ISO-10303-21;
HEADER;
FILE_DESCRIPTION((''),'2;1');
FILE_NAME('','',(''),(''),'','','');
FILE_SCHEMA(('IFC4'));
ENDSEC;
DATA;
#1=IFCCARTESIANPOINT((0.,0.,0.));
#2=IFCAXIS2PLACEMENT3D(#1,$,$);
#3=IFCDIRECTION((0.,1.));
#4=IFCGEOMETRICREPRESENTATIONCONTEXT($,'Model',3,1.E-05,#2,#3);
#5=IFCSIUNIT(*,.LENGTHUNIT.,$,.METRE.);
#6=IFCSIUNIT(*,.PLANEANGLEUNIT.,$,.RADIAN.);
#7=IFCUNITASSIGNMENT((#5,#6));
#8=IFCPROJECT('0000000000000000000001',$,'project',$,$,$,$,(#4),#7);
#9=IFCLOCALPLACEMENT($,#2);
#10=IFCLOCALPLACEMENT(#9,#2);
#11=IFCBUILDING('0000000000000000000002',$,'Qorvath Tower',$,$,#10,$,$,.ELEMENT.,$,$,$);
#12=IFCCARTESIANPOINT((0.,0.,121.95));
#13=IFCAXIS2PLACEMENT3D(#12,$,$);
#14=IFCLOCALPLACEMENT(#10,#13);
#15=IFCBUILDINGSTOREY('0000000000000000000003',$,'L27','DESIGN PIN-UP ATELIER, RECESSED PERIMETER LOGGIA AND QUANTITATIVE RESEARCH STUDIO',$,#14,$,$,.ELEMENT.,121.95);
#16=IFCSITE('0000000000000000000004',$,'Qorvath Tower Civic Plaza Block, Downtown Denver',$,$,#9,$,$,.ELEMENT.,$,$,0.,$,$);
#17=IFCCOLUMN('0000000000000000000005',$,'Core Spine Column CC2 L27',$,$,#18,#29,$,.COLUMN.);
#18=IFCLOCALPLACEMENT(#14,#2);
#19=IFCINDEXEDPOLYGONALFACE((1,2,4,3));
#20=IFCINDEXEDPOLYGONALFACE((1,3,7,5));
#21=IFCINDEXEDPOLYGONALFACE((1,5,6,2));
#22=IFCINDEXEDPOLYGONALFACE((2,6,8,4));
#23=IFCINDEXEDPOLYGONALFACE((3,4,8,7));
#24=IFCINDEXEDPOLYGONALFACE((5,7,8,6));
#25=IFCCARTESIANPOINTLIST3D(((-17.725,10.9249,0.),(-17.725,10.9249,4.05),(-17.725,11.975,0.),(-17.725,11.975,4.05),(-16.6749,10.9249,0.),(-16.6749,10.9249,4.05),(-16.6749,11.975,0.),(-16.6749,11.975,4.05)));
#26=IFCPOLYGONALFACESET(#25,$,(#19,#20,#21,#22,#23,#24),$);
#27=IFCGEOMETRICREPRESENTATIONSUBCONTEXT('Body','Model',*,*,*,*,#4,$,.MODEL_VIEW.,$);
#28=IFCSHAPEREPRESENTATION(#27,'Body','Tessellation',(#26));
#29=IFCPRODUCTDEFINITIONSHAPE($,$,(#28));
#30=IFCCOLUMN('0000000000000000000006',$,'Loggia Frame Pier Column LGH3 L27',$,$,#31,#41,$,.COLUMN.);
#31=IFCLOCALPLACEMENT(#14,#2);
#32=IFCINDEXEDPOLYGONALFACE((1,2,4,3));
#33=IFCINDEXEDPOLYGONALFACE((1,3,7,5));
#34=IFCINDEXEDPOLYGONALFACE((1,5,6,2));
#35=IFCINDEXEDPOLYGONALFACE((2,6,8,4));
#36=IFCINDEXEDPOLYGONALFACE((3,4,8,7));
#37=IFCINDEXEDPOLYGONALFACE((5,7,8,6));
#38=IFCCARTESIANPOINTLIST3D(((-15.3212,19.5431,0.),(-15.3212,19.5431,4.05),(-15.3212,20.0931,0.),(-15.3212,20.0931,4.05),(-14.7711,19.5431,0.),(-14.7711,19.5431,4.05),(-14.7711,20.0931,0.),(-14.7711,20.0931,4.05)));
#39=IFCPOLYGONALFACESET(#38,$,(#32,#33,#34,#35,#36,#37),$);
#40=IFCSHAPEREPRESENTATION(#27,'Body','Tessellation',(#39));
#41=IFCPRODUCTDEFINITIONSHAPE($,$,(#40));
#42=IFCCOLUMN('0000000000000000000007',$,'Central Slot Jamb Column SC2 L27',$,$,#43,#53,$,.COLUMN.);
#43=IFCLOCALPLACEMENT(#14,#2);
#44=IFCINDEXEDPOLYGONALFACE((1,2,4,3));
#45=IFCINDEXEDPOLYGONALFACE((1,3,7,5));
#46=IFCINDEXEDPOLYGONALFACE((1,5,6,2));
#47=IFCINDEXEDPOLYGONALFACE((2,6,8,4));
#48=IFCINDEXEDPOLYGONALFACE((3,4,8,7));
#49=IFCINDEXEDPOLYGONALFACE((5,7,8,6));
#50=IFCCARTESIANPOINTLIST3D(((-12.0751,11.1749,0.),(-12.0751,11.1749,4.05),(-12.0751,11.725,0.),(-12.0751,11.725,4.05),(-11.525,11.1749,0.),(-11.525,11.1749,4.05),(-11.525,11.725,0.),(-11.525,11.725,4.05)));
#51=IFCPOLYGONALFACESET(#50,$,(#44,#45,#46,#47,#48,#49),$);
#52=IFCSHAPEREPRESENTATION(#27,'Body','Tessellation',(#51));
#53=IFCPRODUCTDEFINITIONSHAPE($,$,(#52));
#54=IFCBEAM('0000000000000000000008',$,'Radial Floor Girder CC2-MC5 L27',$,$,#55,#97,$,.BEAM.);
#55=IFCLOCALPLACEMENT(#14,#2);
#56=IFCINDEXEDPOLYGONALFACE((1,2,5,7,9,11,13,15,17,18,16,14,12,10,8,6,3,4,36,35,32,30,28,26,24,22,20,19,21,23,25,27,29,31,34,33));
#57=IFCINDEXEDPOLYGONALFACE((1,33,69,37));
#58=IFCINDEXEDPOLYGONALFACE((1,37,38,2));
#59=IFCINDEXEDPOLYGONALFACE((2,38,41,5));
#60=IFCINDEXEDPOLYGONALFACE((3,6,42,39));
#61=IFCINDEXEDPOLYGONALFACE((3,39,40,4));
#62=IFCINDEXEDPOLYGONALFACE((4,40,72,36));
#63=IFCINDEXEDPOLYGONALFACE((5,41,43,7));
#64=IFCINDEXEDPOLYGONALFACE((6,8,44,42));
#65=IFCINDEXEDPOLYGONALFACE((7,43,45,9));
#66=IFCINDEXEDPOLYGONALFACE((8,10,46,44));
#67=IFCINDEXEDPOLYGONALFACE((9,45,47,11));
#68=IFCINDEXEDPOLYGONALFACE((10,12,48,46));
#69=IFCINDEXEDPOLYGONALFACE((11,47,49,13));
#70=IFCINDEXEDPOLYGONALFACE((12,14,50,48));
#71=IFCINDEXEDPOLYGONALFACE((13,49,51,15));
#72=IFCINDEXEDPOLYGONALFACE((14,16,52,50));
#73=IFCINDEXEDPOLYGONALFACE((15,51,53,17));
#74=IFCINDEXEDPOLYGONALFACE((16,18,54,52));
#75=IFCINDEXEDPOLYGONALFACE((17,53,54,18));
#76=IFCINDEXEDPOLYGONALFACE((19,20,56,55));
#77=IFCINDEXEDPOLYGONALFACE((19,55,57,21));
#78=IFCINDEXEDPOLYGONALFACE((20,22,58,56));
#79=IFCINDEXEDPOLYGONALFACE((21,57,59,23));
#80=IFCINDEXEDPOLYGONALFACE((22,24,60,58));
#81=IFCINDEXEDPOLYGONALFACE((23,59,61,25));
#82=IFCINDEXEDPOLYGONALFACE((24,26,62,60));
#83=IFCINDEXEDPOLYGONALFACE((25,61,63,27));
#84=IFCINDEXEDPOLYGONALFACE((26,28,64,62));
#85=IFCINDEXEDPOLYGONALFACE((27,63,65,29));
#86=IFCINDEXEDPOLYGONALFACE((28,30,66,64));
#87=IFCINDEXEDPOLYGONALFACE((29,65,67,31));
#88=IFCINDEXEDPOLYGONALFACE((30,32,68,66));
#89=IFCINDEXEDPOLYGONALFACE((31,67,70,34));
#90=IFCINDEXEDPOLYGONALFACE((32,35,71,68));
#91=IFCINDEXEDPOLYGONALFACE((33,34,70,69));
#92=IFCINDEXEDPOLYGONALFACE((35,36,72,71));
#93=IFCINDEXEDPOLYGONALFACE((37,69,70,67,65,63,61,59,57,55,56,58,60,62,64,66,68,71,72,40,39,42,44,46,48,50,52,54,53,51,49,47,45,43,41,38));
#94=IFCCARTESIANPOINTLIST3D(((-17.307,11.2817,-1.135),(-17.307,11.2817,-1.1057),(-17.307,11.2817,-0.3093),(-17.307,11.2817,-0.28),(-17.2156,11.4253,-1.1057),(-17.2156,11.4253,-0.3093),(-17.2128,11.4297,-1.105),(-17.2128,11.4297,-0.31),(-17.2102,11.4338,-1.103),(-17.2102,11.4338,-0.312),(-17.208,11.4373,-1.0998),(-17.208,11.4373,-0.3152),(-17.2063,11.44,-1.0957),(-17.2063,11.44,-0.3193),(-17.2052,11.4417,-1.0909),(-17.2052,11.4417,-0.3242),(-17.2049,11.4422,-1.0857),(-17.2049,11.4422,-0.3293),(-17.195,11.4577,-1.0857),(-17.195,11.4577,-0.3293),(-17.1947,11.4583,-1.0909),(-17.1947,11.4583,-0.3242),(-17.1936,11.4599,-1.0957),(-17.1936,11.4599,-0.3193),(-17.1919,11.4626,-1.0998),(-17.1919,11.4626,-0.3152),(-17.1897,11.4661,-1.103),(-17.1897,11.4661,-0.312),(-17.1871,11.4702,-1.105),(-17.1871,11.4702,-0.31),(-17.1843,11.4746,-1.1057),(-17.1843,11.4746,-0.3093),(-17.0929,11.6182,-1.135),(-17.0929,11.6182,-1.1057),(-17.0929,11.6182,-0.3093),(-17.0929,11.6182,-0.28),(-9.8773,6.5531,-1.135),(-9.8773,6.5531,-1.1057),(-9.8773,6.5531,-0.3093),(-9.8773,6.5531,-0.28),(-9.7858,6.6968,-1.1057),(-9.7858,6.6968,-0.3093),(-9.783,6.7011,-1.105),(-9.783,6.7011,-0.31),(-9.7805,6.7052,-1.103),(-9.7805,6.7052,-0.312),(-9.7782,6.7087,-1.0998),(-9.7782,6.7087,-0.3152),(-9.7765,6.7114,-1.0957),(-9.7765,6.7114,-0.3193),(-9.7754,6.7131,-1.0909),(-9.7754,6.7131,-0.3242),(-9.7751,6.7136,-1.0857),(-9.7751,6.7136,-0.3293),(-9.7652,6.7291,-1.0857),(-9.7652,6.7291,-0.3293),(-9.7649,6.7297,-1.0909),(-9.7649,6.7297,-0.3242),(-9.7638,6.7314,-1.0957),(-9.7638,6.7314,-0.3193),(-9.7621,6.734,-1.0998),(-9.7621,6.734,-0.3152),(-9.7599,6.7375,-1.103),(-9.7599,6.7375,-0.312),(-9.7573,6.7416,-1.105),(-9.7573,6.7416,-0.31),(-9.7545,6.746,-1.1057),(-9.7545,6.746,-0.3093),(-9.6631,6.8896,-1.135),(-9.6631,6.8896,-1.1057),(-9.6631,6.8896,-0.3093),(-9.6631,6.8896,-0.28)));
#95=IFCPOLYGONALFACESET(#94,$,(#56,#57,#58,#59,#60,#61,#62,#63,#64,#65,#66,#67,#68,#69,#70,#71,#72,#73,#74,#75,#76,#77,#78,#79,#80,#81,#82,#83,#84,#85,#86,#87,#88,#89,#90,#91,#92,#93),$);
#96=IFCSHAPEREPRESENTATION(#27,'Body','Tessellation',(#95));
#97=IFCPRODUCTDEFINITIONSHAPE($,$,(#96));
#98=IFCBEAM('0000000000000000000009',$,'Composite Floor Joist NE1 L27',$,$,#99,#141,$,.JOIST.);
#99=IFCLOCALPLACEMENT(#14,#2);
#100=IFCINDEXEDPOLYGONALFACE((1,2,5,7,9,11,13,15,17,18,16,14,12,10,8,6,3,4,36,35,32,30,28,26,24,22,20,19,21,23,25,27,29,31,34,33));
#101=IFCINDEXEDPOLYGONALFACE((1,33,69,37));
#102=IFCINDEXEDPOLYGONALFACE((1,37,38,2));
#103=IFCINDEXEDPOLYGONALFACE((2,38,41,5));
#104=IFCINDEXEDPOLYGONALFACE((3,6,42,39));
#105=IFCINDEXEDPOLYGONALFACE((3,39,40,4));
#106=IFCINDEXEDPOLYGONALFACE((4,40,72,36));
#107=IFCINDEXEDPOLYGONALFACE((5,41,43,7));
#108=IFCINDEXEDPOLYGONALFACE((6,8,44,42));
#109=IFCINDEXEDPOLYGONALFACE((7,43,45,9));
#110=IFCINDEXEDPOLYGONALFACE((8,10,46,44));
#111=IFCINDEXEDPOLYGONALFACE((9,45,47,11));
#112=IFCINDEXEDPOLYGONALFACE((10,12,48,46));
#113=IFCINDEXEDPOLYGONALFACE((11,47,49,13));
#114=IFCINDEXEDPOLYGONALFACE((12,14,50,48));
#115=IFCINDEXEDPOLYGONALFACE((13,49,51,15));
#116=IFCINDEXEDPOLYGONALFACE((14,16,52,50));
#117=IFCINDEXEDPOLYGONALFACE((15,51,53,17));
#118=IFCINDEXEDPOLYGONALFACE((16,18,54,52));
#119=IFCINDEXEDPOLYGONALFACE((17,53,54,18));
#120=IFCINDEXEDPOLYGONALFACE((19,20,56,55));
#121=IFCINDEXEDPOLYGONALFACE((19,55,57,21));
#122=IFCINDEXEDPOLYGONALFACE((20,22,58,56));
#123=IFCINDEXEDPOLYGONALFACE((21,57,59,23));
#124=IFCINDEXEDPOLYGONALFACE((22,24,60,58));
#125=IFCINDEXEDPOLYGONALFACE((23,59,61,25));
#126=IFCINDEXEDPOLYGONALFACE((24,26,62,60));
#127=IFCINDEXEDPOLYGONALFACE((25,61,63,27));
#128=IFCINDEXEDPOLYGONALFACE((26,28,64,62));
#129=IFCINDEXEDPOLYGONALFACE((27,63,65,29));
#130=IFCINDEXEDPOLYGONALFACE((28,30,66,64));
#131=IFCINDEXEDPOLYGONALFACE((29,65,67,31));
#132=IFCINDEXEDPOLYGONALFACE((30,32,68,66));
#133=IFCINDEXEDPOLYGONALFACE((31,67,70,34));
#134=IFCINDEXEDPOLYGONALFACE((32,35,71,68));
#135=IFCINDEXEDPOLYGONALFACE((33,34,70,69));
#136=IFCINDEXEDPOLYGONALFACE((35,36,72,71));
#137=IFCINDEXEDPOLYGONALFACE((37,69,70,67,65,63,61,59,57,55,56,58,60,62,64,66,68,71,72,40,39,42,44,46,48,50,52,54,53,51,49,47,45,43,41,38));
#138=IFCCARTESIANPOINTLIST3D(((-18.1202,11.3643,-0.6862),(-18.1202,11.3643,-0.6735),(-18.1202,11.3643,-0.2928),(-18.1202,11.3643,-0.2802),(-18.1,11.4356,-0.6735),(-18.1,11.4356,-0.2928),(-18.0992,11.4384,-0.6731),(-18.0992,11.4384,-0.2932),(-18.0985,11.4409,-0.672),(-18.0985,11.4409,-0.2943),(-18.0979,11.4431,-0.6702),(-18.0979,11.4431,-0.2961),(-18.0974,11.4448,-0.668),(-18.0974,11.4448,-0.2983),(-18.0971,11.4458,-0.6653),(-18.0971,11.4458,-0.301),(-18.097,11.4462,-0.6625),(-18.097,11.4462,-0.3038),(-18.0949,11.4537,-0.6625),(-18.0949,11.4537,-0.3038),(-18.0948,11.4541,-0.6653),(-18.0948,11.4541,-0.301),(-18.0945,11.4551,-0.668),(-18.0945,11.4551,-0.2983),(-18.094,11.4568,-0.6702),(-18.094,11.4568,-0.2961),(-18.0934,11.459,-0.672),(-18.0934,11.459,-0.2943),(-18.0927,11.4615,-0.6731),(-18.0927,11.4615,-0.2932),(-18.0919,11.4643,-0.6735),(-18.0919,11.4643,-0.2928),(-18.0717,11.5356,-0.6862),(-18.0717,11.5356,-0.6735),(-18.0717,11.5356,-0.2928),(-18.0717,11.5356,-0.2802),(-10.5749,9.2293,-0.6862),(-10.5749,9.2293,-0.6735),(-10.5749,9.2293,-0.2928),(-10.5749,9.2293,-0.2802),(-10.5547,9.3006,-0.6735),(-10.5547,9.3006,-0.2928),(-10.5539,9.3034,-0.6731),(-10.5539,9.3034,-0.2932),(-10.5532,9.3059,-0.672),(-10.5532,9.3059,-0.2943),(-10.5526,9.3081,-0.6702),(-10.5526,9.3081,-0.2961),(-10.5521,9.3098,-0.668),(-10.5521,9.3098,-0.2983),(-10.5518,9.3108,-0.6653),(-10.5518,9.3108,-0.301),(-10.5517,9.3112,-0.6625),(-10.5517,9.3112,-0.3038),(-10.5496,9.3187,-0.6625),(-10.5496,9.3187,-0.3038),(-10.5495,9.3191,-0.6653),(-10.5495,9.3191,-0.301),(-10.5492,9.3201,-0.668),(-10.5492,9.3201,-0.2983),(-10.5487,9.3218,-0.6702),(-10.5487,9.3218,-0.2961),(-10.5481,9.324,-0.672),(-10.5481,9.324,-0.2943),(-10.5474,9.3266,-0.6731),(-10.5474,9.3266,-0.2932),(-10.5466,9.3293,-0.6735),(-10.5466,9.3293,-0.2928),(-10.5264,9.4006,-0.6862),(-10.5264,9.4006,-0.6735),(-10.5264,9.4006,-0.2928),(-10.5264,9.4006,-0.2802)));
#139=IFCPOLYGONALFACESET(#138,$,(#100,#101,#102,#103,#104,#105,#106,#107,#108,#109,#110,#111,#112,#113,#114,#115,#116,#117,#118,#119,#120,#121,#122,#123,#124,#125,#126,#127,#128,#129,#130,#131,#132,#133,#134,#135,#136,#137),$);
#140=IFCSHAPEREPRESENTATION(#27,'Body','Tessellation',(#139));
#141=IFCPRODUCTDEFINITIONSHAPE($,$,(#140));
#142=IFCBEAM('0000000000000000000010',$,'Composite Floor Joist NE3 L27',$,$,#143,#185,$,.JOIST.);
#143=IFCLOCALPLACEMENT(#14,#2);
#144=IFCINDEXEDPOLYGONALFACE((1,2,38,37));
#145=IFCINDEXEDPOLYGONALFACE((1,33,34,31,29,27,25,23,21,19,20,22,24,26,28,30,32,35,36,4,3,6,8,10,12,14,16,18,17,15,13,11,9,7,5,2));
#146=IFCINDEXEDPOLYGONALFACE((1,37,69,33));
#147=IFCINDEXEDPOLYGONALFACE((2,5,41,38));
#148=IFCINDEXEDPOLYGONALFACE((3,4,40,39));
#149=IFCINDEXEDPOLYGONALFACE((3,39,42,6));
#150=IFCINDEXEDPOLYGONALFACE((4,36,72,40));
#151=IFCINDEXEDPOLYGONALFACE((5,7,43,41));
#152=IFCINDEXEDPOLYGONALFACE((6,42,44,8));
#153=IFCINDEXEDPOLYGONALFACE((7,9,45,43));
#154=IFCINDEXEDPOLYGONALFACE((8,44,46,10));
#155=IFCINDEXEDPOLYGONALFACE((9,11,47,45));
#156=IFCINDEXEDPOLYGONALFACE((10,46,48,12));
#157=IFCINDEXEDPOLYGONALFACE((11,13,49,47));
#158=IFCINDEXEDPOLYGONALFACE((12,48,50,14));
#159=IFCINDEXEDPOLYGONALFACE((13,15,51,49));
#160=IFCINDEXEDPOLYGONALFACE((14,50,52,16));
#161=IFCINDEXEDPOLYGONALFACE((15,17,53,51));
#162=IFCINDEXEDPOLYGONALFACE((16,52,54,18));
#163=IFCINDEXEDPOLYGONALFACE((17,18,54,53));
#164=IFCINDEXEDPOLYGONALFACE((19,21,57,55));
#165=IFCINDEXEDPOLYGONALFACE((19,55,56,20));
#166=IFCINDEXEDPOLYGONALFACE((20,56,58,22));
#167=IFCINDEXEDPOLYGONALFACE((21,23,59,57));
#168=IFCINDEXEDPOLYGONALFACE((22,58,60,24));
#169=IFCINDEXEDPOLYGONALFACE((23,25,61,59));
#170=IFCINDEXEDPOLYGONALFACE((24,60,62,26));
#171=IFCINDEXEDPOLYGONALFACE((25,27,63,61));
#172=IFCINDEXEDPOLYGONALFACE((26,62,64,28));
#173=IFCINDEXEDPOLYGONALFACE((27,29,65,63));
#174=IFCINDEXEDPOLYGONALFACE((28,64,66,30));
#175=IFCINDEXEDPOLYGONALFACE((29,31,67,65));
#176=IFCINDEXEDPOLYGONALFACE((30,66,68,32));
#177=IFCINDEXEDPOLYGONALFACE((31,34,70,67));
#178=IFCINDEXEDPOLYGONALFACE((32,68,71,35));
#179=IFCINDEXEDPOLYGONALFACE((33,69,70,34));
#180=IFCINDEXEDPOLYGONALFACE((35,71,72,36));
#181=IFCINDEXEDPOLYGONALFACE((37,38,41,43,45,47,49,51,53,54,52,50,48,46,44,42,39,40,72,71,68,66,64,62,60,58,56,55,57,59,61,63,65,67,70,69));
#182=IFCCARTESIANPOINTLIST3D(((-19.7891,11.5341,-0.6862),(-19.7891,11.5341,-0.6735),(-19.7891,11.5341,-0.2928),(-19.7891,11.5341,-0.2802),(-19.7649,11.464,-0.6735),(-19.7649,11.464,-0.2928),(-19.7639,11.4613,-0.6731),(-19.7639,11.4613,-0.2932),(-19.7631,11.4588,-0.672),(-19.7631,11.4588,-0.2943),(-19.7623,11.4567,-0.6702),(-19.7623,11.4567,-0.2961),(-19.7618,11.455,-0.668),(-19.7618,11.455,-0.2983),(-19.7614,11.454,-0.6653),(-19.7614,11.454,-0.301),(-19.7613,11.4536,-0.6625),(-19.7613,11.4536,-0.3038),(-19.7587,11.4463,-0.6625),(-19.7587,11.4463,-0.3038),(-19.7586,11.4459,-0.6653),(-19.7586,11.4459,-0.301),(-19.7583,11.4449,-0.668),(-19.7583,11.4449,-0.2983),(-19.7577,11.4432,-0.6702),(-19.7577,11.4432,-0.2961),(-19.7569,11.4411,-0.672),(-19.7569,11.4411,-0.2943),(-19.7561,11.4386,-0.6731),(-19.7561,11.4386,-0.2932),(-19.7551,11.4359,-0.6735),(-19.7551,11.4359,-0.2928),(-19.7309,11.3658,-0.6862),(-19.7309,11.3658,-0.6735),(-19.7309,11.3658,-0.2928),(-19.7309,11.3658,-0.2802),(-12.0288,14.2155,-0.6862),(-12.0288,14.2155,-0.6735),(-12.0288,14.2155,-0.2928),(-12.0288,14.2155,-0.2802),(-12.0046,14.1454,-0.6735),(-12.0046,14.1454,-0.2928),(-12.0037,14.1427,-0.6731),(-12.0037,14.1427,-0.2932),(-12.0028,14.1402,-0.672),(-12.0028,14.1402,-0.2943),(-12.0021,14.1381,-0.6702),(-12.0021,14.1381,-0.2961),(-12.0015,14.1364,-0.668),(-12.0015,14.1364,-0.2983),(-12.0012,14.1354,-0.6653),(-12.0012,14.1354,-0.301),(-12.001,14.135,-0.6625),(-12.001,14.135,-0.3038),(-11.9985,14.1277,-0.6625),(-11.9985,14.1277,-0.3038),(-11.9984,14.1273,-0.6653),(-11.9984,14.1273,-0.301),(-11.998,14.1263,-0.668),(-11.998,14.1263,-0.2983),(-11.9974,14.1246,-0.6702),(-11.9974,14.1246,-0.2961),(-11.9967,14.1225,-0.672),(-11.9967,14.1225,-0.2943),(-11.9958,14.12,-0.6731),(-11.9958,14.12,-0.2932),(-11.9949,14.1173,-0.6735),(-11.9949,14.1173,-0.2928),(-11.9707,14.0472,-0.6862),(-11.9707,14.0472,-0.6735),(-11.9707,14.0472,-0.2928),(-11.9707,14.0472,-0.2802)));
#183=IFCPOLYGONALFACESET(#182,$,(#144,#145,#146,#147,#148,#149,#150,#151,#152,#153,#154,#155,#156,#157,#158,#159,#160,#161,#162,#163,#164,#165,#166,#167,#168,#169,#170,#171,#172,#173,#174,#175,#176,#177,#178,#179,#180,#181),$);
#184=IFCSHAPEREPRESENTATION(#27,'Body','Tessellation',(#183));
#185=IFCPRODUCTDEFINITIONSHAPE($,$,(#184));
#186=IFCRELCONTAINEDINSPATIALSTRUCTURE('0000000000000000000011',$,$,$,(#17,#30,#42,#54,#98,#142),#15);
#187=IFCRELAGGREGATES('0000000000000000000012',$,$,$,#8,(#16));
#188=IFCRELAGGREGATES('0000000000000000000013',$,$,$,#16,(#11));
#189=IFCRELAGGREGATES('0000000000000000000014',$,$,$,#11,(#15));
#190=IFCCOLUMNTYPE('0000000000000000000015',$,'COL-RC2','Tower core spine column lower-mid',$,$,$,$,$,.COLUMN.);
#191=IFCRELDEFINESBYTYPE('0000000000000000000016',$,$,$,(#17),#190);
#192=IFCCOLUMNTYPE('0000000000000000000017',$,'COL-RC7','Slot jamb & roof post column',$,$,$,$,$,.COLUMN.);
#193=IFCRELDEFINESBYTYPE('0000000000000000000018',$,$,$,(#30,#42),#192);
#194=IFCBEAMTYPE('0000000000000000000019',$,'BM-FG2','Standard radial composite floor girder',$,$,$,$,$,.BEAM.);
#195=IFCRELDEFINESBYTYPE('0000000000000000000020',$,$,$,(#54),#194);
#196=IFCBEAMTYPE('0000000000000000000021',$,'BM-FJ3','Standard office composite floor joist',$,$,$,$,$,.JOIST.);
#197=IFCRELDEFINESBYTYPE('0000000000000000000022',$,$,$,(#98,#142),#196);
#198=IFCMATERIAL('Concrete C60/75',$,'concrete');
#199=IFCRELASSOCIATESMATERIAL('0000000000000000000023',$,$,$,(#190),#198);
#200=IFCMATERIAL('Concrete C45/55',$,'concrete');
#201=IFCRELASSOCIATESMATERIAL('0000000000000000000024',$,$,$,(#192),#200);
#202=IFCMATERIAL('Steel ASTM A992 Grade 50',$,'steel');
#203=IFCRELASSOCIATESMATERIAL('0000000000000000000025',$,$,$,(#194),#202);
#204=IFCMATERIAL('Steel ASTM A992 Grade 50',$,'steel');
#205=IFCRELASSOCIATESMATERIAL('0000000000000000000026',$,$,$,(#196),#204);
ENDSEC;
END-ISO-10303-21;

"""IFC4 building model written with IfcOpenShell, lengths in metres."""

from ifc_helpers import new_model, si_unit, direction, frame, origin, origin_2d, place, context, subcontext, project, spatial, rectangle, i_section, extrude, material, material_profile, profile_set, type_object, element, save


model = new_model("IFC4")

# Units and contexts
model_context = context("Model", 3, precision=1e-05, world=origin(), true_north=direction((0.0, 1.0)))
body_context = subcontext(model_context, "Body", "Model", "MODEL_VIEW")
ifc_project = project(units=[si_unit("LENGTHUNIT", "METRE"), si_unit("PLANEANGLEUNIT", "RADIAN")], contexts=[model_context])

# Site, building, storey
site_placement = place(None, origin())
site = spatial("IfcSite", under=ifc_project, at=site_placement, Name="Qorvath Tower Civic Plaza Block, Downtown Denver", CompositionType="ELEMENT", RefElevation=0.0)
building_placement = place(site_placement, origin())
building = spatial("IfcBuilding", under=site, at=building_placement, Name="Qorvath Tower", CompositionType="ELEMENT")
storey_placement = place(building_placement, frame((0.0, 0.0, 121.95)))
storey = spatial("IfcBuildingStorey", under=building, at=storey_placement, Name="L27", Description="DESIGN PIN-UP ATELIER, RECESSED PERIMETER LOGGIA AND QUANTITATIVE RESEARCH STUDIO", CompositionType="ELEMENT", Elevation=121.95)

# Columns
ifc_material_1 = material(Name="Concrete C60/75", Category="concrete")
ifc_material_profile_1 = material_profile(ifc_material_1, rectangle(XDim=1.05, YDim=1.05, at=origin_2d()), Name="RC 1050x1050")
ifc_profile_set_1 = profile_set([ifc_material_profile_1], Name="Concrete C60/75")
column_type_1 = type_object("IfcColumnType", Name="COL-RC2", Description="Tower core spine column lower-mid", PredefinedType="COLUMN", material=ifc_profile_set_1)
column_placement = place(storey_placement, frame((-17.2, 11.45, 0.0), z_axis=(0.0, 0.0, 1.0), x_axis=(1.0, 0.0, 0.0)))
element("IfcColumn", 1, at=column_placement, inside=storey, type_object=column_type_1, Name="Core Spine Column CC2 L27", PredefinedType="COLUMN", context=body_context, shape_type="SweptSolid", body=[
    extrude(rectangle(XDim=1.05, YDim=1.05, at=origin_2d()), origin(), (0.0, 0.0, 1.0), 4.05),
])
ifc_material_2 = material(Name="Concrete C45/55", Category="concrete")
ifc_material_profile_2 = material_profile(ifc_material_2, rectangle(XDim=0.55, YDim=0.55, at=origin_2d()), Name="RC 550x550")
ifc_profile_set_2 = profile_set([ifc_material_profile_2], Name="Concrete C45/55")
column_type_2 = type_object("IfcColumnType", Name="COL-RC7", Description="Slot jamb & roof post column", PredefinedType="COLUMN", material=ifc_profile_set_2)
for number, where, z_axis, x_axis, name in (
    (2, (-15.0461, 19.8181, 0.0), (0.0, 0.0, 1.0), (1.0, 0.0, 0.0), "Loggia Frame Pier Column LGH3 L27"),
    (3, (-11.8, 11.45, 0.0), (0.0, 0.0, 1.0), (1.0, 0.0, 0.0), "Central Slot Jamb Column SC2 L27"),
):
    element("IfcColumn", number, at=place(storey_placement, frame(where, z_axis=z_axis, x_axis=x_axis)), inside=storey, type_object=column_type_2, Name=name, PredefinedType="COLUMN", context=body_context, shape_type="SweptSolid", body=[
        extrude(rectangle(XDim=0.55, YDim=0.55, at=origin_2d()), origin(), (0.0, 0.0, 1.0), 4.05),
    ])

# Beams
ifc_material_3 = material(Name="Steel ASTM A992 Grade 50", Category="steel")
ifc_material_profile_3 = material_profile(ifc_material_3, i_section(OverallWidth=0.3989, OverallDepth=0.855, WebThickness=0.0183, FlangeThickness=0.0293, FilletRadius=0.02, at=origin_2d()), Name="W33x201")
ifc_profile_set_3 = profile_set([ifc_material_profile_3], Name="Steel ASTM A992 Grade 50")
beam_type_1 = type_object("IfcBeamType", Name="BM-FG2", Description="Standard radial composite floor girder", PredefinedType="BEAM", material=ifc_profile_set_3)
beam_1_placement = place(storey_placement, frame((-17.2, 11.45, -0.7075), z_axis=(0.843634, -0.536919, 0.0), x_axis=(0.536919, 0.843634, 0.0)))
element("IfcBeam", 4, at=beam_1_placement, inside=storey, type_object=beam_type_1, Name="Radial Floor Girder CC2-MC5 L27", PredefinedType="BEAM", context=body_context, shape_type="SweptSolid", body=[
    extrude(i_section(OverallWidth=0.3989, OverallDepth=0.855, WebThickness=0.0183, FlangeThickness=0.0293, FilletRadius=0.02, at=origin_2d()), origin(), (0.0, 0.0, 1.0), 8.8069),
])
ifc_material_4 = material(Name="Steel ASTM A992 Grade 50", Category="steel")
ifc_material_profile_4 = material_profile(ifc_material_4, i_section(OverallWidth=0.178, OverallDepth=0.406, WebThickness=0.0078, FlangeThickness=0.0127, FilletRadius=0.011, at=origin_2d()), Name="W16x40")
ifc_profile_set_4 = profile_set([ifc_material_profile_4], Name="Steel ASTM A992 Grade 50")
beam_type_2 = type_object("IfcBeamType", Name="BM-FJ3", Description="Standard office composite floor joist", PredefinedType="JOIST", material=ifc_profile_set_4)
beam_2_placement = place(storey_placement, frame((-18.0959, 11.45, -0.4832), z_axis=(0.962222, -0.272265, 0.0), x_axis=(0.272265, 0.962222, 0.0)))
element("IfcBeam", 5, at=beam_2_placement, inside=storey, type_object=beam_type_2, Name="Composite Floor Joist NE1 L27", PredefinedType="JOIST", context=body_context, shape_type="SweptSolid", body=[
    extrude(i_section(OverallWidth=0.178, OverallDepth=0.406, WebThickness=0.0078, FlangeThickness=0.0127, FilletRadius=0.011, at=origin_2d()), origin(), (0.0, 0.0, 1.0), 7.8416),
])
beam_3_placement = place(storey_placement, frame((-19.76, 11.45, -0.4832), z_axis=(0.945168, 0.326584, 0.0), x_axis=(-0.326584, 0.945168, 0.0)))
element("IfcBeam", 6, at=beam_3_placement, inside=storey, type_object=beam_type_2, Name="Composite Floor Joist NE3 L27", PredefinedType="JOIST", context=body_context, shape_type="SweptSolid", body=[
    extrude(i_section(OverallWidth=0.178, OverallDepth=0.406, WebThickness=0.0078, FlangeThickness=0.0127, FilletRadius=0.011, at=origin_2d()), origin(), (0.0, 0.0, 1.0), 8.2104),
])

save(model, "model.ifc")
